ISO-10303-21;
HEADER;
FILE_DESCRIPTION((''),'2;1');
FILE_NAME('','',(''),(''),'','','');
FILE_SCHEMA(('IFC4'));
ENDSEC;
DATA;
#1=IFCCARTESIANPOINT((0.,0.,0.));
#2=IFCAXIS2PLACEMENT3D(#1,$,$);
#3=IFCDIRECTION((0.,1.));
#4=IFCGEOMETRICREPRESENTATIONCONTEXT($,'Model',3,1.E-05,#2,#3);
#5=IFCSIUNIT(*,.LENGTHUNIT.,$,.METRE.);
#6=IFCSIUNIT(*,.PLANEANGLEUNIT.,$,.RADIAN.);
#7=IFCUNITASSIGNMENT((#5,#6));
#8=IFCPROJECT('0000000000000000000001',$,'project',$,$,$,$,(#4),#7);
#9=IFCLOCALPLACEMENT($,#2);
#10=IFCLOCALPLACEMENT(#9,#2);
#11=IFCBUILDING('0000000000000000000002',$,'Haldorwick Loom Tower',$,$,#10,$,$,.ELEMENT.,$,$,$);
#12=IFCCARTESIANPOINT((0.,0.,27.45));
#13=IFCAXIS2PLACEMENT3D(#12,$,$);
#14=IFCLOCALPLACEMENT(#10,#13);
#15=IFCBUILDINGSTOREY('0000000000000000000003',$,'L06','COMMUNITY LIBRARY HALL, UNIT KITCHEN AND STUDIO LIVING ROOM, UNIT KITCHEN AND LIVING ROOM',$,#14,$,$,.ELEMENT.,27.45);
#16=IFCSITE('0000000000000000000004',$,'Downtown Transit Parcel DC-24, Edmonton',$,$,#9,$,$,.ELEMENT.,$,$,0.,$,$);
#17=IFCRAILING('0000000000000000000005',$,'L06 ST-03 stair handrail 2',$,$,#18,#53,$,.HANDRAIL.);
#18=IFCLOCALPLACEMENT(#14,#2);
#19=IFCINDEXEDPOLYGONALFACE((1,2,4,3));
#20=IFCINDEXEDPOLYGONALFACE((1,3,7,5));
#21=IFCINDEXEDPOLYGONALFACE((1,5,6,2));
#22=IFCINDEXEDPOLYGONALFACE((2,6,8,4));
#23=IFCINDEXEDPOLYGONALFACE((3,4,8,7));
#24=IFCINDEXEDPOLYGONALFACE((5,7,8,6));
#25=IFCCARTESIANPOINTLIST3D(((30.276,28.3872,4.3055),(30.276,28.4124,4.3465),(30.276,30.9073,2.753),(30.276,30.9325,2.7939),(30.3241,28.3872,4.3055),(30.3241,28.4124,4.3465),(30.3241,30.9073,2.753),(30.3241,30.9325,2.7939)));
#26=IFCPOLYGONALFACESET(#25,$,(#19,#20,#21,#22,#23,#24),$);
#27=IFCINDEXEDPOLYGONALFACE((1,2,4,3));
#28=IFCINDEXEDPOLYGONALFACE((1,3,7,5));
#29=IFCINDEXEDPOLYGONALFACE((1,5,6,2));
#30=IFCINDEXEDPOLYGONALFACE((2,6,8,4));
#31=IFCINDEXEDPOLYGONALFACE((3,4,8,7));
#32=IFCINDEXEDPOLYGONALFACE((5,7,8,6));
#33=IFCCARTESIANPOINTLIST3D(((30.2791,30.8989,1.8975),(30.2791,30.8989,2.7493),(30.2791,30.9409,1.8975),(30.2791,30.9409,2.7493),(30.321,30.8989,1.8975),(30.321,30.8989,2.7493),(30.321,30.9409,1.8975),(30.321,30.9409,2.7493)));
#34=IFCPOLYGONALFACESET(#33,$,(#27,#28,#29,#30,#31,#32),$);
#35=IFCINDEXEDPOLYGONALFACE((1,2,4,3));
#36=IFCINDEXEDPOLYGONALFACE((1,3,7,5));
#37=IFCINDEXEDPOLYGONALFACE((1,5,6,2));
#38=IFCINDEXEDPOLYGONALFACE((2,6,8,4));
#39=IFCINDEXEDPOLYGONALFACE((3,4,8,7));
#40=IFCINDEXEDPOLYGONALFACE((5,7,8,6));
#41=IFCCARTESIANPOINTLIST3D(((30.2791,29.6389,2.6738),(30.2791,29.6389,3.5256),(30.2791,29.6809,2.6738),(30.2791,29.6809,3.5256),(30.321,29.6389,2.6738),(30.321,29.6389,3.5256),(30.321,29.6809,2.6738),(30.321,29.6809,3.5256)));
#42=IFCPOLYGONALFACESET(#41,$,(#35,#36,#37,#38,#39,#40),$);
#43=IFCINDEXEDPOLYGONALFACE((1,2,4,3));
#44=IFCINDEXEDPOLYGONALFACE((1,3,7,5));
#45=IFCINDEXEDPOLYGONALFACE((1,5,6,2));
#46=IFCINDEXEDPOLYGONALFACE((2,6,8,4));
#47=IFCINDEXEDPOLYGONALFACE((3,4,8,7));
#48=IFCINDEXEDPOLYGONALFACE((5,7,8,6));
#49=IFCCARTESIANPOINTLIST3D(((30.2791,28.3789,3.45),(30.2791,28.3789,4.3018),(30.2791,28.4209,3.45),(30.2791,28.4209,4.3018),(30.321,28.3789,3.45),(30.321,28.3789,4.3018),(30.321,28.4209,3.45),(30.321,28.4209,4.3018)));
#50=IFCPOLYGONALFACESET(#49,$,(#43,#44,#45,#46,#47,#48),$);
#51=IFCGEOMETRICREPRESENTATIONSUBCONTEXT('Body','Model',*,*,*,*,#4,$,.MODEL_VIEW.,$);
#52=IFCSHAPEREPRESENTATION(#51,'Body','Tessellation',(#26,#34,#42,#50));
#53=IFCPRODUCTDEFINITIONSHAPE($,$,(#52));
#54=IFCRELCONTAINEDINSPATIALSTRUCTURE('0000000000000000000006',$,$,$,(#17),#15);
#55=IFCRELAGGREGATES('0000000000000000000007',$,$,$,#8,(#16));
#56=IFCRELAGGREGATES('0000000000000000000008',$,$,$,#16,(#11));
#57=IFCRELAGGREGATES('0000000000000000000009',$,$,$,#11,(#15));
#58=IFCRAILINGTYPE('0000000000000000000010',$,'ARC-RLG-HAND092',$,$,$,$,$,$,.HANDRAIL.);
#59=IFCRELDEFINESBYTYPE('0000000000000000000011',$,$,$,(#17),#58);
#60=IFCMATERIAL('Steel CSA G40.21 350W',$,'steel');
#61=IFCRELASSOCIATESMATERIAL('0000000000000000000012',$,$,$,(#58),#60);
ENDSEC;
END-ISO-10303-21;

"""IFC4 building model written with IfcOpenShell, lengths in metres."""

from ifc_helpers import new_model, si_unit, direction, frame, origin, origin_2d, place, context, subcontext, project, spatial, rectangle, extrude, material, type_object, element, save


model = new_model("IFC4")

# Units and contexts
model_context = context("Model", 3, precision=1e-05, world=origin(), true_north=direction((0.0, 1.0)))
body_context = subcontext(model_context, "Body", "Model", "MODEL_VIEW")
ifc_project = project(units=[si_unit("LENGTHUNIT", "METRE"), si_unit("PLANEANGLEUNIT", "RADIAN")], contexts=[model_context])

# Site, building, storey
site_placement = place(None, origin())
site = spatial("IfcSite", under=ifc_project, at=site_placement, Name="Downtown Transit Parcel DC-24, Edmonton", CompositionType="ELEMENT", RefElevation=0.0)
building_placement = place(site_placement, origin())
building = spatial("IfcBuilding", under=site, at=building_placement, Name="Haldorwick Loom Tower", CompositionType="ELEMENT")
storey_placement = place(building_placement, frame((0.0, 0.0, 27.45)))
storey = spatial("IfcBuildingStorey", under=building, at=storey_placement, Name="L06", Description="COMMUNITY LIBRARY HALL, UNIT KITCHEN AND STUDIO LIVING ROOM, UNIT KITCHEN AND LIVING ROOM", CompositionType="ELEMENT", Elevation=27.45)

# Shared definitions
ifc_material_1 = material(Name="Steel CSA G40.21 350W", Category="steel")

# Railing
railing_type_1 = type_object("IfcRailingType", Name="ARC-RLG-HAND092", PredefinedType="HANDRAIL", material=ifc_material_1)
railing_1_placement = place(storey_placement, frame((30.3, 30.9199, 1.8975)))
element("IfcRailing", 1, at=railing_1_placement, inside=storey, type_object=railing_type_1, Name="L06 ST-03 stair handrail 2", PredefinedType="HANDRAIL", context=body_context, shape_type="SweptSolid", body=[
    extrude(rectangle(XDim=0.0481, YDim=0.0481, at=origin_2d()), frame((0.0, 0.0, 0.876), z_axis=(0.0, -0.8514, 0.524516), x_axis=(1.0, 0.0, 0.0)), (0.0, 0.0, 1.0), 2.96),
    extrude(rectangle(XDim=0.042, YDim=0.042, at=origin_2d()), origin(), (0.0, 0.0, 1.0), 0.8518),
    extrude(rectangle(XDim=0.042, YDim=0.042, at=origin_2d()), frame((0.0, -1.26, 0.7764)), (0.0, 0.0, 1.0), 0.8518),
    extrude(rectangle(XDim=0.042, YDim=0.042, at=origin_2d()), frame((0.0, -2.52, 1.5525)), (0.0, 0.0, 1.0), 0.8518),
])

save(model, "model.ifc")
